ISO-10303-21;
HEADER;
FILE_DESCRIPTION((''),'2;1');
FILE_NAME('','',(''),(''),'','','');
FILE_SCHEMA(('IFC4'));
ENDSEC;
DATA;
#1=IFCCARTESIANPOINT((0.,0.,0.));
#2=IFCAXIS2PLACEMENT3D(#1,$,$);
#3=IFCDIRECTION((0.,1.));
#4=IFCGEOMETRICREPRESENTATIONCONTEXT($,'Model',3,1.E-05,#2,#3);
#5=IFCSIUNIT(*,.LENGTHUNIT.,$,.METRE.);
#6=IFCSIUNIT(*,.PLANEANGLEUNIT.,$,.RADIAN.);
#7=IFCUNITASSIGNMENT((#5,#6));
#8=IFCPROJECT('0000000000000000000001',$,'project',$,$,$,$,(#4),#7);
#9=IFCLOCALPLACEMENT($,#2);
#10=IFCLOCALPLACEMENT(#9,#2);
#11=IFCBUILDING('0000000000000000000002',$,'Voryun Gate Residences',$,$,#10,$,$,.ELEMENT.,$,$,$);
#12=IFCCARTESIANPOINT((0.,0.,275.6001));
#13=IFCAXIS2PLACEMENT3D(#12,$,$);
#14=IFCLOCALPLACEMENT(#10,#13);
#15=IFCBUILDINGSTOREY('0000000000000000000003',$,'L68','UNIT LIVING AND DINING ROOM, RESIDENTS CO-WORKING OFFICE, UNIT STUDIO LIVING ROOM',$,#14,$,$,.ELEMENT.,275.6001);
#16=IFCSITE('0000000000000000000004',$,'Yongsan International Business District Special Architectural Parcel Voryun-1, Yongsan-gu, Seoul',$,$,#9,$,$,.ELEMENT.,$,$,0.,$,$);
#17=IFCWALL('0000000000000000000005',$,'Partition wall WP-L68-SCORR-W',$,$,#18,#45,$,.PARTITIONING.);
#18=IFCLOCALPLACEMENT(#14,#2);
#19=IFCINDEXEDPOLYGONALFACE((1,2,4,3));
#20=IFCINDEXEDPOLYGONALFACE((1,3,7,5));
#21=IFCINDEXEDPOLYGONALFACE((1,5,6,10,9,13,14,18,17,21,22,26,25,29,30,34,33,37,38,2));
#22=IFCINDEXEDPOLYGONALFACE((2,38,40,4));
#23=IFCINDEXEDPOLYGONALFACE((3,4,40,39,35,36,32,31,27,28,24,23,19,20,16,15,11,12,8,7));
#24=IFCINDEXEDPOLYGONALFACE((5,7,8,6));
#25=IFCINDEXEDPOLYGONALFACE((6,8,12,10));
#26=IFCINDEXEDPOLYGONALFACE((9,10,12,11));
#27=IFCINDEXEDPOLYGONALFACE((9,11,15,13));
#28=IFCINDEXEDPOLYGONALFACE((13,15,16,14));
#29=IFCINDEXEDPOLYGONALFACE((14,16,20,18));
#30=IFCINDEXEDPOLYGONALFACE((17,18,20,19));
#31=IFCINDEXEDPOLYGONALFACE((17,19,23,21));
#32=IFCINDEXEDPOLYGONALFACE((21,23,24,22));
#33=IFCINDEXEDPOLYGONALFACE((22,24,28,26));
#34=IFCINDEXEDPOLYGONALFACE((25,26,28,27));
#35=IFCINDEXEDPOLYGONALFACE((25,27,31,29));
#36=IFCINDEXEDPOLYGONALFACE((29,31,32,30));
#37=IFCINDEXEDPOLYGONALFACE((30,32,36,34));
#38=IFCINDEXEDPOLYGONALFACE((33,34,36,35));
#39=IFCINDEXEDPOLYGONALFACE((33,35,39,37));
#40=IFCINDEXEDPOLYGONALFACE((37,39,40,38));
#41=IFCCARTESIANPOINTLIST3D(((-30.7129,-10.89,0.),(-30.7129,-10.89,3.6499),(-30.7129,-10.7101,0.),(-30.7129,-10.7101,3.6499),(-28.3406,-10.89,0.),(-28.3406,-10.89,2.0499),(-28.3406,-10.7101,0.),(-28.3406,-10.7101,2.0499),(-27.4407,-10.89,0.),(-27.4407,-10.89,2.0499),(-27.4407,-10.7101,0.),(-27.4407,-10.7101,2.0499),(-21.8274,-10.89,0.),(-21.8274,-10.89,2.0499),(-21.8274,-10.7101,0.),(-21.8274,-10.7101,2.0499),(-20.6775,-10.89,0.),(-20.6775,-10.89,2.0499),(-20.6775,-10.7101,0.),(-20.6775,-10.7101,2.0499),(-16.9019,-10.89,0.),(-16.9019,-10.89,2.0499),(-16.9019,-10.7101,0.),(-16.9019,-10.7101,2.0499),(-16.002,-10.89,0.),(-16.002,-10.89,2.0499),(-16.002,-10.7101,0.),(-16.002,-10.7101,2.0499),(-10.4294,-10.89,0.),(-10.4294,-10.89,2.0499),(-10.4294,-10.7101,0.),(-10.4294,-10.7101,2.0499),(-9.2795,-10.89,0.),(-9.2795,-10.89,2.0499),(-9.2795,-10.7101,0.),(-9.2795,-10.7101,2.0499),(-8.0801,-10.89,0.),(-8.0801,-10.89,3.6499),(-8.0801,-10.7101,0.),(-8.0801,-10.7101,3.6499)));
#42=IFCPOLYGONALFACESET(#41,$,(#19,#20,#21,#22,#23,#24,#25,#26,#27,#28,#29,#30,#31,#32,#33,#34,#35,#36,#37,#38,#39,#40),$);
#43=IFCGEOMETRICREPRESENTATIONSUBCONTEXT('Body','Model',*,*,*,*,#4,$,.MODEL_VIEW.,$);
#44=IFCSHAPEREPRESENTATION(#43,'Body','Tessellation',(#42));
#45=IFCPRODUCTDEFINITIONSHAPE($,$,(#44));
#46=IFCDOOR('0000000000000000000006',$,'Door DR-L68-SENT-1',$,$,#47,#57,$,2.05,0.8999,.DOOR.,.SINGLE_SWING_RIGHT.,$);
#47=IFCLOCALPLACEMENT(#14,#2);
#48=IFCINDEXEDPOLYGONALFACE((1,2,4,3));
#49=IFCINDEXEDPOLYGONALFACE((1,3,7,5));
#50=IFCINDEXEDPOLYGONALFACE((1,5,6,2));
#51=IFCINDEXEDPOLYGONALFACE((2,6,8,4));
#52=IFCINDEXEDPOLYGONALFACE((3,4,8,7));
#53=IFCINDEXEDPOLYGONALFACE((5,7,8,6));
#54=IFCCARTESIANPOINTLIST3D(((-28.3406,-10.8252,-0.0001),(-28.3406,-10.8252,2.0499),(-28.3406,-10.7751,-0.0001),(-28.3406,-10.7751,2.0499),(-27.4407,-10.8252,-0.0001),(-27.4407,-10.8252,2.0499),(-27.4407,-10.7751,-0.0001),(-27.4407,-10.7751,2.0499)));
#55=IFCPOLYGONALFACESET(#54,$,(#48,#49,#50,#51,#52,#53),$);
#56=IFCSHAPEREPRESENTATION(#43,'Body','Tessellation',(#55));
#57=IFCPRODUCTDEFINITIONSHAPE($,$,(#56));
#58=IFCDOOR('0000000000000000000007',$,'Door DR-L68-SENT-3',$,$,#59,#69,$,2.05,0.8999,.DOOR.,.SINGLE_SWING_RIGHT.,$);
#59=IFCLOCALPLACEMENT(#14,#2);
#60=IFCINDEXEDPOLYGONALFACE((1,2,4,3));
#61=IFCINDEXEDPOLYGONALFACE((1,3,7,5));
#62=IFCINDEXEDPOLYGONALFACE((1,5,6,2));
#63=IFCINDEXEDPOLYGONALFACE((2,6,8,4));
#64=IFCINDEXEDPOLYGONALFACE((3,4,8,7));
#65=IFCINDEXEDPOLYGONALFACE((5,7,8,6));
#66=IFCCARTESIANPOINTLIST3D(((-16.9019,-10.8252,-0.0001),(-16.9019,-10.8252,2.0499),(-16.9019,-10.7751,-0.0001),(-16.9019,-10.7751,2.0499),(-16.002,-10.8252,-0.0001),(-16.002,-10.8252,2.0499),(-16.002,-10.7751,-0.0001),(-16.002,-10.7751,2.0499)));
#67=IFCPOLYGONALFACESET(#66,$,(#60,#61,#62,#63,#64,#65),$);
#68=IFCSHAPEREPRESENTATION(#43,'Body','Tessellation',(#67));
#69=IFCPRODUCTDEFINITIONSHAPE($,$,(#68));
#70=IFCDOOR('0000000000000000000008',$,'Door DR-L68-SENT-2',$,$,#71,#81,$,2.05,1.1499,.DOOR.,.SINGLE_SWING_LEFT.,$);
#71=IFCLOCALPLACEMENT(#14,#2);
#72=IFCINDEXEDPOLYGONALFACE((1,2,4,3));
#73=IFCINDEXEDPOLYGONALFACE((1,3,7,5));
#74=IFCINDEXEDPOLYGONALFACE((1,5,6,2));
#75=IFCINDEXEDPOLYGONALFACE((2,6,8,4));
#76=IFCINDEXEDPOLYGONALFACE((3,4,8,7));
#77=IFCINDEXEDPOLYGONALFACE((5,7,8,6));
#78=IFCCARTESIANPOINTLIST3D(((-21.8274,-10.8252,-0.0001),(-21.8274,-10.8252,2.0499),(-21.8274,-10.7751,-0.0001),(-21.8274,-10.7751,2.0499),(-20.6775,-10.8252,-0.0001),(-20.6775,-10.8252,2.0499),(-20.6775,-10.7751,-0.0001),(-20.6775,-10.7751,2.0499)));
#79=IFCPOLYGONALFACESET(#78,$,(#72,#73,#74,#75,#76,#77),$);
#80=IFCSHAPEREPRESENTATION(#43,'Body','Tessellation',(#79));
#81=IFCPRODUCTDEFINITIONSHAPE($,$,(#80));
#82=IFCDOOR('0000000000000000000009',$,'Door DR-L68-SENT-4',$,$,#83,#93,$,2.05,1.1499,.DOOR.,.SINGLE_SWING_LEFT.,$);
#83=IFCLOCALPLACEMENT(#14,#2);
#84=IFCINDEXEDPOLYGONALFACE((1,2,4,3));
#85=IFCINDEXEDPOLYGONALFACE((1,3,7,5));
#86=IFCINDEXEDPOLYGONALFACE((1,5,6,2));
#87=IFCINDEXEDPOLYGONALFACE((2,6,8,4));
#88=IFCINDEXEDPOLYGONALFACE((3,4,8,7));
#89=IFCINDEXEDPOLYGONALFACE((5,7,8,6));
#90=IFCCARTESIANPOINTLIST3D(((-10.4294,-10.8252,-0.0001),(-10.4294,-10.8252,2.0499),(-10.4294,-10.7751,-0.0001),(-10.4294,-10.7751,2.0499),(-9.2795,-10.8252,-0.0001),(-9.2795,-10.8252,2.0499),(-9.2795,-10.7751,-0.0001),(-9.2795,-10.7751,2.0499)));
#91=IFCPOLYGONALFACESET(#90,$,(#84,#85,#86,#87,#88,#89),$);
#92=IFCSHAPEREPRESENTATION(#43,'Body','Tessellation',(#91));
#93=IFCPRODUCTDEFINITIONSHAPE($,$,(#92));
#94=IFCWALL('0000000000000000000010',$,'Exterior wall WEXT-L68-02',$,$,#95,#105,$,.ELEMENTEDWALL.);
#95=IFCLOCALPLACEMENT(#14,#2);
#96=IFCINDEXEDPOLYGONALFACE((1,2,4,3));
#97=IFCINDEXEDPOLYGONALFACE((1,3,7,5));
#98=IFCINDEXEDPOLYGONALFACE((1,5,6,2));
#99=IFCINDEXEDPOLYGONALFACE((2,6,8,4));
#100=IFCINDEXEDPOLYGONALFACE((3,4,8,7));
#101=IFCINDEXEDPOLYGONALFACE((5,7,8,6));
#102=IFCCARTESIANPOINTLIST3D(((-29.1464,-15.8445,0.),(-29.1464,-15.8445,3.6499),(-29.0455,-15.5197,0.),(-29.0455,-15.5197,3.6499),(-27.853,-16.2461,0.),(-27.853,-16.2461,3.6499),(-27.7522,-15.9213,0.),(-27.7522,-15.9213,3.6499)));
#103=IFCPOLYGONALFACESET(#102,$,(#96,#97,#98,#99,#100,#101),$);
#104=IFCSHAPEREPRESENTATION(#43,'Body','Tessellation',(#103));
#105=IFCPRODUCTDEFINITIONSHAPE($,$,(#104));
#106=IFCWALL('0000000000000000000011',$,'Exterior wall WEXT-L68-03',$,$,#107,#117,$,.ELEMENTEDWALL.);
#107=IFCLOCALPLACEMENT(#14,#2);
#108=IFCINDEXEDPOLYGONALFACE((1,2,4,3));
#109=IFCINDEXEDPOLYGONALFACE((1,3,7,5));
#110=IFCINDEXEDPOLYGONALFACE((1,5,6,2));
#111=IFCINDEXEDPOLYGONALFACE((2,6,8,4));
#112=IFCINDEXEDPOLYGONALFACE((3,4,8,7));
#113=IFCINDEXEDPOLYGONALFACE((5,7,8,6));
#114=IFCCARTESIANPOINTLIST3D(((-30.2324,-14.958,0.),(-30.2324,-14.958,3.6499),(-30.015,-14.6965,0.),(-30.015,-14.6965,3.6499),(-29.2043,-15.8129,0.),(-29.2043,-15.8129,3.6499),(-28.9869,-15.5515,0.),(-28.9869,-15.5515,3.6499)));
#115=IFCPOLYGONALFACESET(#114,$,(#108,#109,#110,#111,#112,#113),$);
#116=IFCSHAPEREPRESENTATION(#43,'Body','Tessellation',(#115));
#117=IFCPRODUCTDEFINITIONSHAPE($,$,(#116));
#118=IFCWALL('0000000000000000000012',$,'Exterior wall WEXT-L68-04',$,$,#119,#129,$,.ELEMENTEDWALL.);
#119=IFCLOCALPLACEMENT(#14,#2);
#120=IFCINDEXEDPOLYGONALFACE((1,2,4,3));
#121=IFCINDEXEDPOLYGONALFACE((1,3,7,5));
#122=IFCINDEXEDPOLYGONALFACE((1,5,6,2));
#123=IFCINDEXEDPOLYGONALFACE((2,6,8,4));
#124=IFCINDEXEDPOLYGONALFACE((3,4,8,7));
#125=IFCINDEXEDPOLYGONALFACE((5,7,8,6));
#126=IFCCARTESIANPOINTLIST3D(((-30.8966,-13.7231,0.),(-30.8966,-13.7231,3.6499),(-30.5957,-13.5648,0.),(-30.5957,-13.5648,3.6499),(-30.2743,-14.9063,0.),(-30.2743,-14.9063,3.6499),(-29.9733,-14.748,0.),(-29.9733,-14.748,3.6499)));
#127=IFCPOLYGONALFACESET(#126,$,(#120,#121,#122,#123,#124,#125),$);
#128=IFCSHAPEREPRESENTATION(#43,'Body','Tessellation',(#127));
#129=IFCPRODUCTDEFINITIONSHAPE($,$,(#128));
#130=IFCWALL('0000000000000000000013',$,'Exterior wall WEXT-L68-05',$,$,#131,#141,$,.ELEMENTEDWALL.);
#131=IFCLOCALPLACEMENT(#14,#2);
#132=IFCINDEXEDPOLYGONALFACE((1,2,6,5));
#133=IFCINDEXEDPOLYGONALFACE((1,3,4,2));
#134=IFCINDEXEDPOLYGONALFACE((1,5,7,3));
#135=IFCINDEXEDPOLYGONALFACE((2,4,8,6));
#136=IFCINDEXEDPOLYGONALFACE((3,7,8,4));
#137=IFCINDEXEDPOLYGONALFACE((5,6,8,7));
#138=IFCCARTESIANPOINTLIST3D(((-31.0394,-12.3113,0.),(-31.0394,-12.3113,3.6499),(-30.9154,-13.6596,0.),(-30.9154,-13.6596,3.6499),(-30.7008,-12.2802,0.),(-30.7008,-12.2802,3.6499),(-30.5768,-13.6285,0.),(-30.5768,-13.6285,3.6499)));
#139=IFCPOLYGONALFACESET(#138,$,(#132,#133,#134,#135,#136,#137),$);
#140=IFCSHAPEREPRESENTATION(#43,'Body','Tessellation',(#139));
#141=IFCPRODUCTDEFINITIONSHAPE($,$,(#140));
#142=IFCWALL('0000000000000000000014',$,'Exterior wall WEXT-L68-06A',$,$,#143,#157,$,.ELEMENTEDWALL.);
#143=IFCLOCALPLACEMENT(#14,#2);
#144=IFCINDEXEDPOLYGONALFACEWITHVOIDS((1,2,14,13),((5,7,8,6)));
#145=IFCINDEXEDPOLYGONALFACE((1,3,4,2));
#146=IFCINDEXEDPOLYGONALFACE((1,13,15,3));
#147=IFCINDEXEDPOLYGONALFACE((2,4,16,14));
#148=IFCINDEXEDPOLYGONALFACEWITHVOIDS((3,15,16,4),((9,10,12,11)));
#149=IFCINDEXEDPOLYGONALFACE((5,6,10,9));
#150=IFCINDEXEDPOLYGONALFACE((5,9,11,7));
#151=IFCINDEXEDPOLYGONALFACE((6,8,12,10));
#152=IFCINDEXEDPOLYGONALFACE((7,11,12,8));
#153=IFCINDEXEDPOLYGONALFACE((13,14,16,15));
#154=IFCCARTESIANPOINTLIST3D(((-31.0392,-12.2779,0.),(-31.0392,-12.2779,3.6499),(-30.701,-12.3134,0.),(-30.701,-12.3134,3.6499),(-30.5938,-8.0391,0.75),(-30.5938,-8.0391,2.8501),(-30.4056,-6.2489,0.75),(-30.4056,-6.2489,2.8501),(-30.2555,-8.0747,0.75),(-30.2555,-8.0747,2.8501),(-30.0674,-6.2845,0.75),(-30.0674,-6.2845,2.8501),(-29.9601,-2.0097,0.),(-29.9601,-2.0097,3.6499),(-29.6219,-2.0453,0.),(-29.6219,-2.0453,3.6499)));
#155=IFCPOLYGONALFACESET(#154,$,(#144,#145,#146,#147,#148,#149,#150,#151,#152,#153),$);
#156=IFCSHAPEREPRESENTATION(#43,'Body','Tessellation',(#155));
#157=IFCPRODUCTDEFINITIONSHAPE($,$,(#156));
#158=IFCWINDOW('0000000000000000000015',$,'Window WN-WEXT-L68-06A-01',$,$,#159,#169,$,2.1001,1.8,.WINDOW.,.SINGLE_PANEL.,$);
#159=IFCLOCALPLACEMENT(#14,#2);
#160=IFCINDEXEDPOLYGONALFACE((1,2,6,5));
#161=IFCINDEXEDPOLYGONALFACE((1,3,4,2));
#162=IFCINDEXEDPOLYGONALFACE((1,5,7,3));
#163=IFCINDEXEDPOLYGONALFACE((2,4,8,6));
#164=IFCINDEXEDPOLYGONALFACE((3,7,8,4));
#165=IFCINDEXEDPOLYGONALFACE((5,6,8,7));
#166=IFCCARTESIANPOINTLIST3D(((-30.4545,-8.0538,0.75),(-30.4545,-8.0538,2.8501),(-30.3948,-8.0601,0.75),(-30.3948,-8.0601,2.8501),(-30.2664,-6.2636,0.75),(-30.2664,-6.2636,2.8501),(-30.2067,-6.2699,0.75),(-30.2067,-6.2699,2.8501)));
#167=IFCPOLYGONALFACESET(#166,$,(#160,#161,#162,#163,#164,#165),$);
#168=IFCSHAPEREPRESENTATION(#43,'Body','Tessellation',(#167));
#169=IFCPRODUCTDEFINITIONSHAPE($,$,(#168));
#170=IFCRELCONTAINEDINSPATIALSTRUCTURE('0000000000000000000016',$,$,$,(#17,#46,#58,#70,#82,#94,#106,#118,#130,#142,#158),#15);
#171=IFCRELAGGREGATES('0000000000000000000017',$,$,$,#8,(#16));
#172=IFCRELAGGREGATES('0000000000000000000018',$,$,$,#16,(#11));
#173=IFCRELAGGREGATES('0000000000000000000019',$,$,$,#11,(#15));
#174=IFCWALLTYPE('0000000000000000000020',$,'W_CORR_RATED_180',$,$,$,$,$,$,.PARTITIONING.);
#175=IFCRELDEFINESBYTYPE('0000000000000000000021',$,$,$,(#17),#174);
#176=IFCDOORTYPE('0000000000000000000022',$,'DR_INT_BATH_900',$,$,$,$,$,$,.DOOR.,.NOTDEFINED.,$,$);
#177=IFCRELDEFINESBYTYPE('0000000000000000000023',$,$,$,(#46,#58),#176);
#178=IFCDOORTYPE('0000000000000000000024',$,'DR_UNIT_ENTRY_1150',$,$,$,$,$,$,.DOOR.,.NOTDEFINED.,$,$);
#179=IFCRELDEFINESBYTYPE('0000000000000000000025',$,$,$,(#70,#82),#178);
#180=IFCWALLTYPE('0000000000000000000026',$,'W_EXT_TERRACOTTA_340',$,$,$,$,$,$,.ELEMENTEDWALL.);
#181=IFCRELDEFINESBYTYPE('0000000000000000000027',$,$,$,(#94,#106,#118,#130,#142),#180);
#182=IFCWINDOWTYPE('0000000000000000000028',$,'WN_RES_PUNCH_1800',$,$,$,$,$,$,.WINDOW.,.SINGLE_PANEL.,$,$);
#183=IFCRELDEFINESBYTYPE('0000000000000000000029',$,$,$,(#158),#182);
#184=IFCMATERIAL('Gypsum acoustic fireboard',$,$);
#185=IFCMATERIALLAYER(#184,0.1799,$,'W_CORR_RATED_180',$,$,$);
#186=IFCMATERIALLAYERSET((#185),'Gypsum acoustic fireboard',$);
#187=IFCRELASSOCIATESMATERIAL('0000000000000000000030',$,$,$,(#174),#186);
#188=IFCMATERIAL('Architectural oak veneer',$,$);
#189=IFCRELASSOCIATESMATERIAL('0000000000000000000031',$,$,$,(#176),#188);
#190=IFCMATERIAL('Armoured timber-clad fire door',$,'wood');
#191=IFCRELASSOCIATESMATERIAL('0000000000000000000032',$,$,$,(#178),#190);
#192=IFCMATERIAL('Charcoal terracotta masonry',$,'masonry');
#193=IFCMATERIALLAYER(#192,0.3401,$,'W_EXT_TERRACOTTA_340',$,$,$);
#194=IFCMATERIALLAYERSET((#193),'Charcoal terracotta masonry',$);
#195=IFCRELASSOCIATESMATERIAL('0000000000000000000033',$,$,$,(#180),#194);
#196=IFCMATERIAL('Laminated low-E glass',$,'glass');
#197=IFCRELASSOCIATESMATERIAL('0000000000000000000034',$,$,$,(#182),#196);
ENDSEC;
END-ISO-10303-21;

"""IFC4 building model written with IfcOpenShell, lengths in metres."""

from ifc_helpers import new_model, si_unit, direction, frame, frame_2d, origin, place, context, subcontext, project, spatial, rectangle, extrude, material, layer, layer_set, type_object, element, fill, save


model = new_model("IFC4")

# Units and contexts
model_context = context("Model", 3, precision=1e-05, world=origin(), true_north=direction((0.0, 1.0)))
body_context = subcontext(model_context, "Body", "Model", "MODEL_VIEW")
ifc_project = project(units=[si_unit("LENGTHUNIT", "METRE"), si_unit("PLANEANGLEUNIT", "RADIAN")], contexts=[model_context])

# Site, building, storey
site_placement = place(None, origin())
site = spatial("IfcSite", under=ifc_project, at=site_placement, Name="Yongsan International Business District Special Architectural Parcel Voryun-1, Yongsan-gu, Seoul", CompositionType="ELEMENT", RefElevation=0.0)
building_placement = place(site_placement, origin())
building = spatial("IfcBuilding", under=site, at=building_placement, Name="Voryun Gate Residences", CompositionType="ELEMENT")
storey_placement = place(building_placement, frame((0.0, 0.0, 275.6001)))
storey = spatial("IfcBuildingStorey", under=building, at=storey_placement, Name="L68", Description="UNIT LIVING AND DINING ROOM, RESIDENTS CO-WORKING OFFICE, UNIT STUDIO LIVING ROOM", CompositionType="ELEMENT", Elevation=275.6001)

# Wall, openings, doors
ifc_material_1 = material(Name="Gypsum acoustic fireboard")
ifc_layer_1 = layer(ifc_material_1, 0.1799, Name="W_CORR_RATED_180")
ifc_layer_set_1 = layer_set([ifc_layer_1], Name="Gypsum acoustic fireboard")
wall_type_1 = type_object("IfcWallType", Name="W_CORR_RATED_180", PredefinedType="PARTITIONING", material=ifc_layer_set_1)
wall_1_placement = place(storey_placement, frame((-30.7129, -10.8, 0.0), z_axis=(0.0, 0.0, 1.0), x_axis=(1.0, 0.0, 0.0)))
wall_1 = element("IfcWall", 1, at=wall_1_placement, inside=storey, type_object=wall_type_1, Name="Partition wall WP-L68-SCORR-W", PredefinedType="PARTITIONING", context=body_context, shape_type="SweptSolid", body=[
    extrude(rectangle(XDim=22.6328, YDim=0.1799, at=frame_2d((11.3164, 0.0))), origin(), (0.0, 0.0, 1.0), 3.6499),
])
opening_1_placement = place(wall_1_placement, frame((2.3723, 0.0, 0.0)))
opening_1 = element("IfcOpeningElement", 2, at=opening_1_placement, cuts=wall_1, PredefinedType="OPENING", context=body_context, shape_type="SweptSolid", body=[
    extrude(rectangle(XDim=0.8999, YDim=2.05, at=frame_2d((0.45, 1.0249))), frame((0.0, 0.0999, 0.0), z_axis=(0.0, -1.0, 0.0), x_axis=(1.0, 0.0, 0.0)), (0.0, 0.0, 1.0), 0.2),
])
opening_2_placement = place(wall_1_placement, frame((8.8855, 0.0, 0.0)))
opening_2 = element("IfcOpeningElement", 3, at=opening_2_placement, cuts=wall_1, PredefinedType="OPENING", context=body_context, shape_type="SweptSolid", body=[
    extrude(rectangle(XDim=1.1499, YDim=2.05, at=frame_2d((0.575, 1.0249))), frame((0.0, 0.0999, 0.0), z_axis=(0.0, -1.0, 0.0), x_axis=(1.0, 0.0, 0.0)), (0.0, 0.0, 1.0), 0.2),
])
opening_3_placement = place(wall_1_placement, frame((13.811, 0.0, 0.0)))
opening_3 = element("IfcOpeningElement", 4, at=opening_3_placement, cuts=wall_1, PredefinedType="OPENING", context=body_context, shape_type="SweptSolid", body=[
    extrude(rectangle(XDim=0.8999, YDim=2.05, at=frame_2d((0.45, 1.0249))), frame((0.0, 0.0999, 0.0), z_axis=(0.0, -1.0, 0.0), x_axis=(1.0, 0.0, 0.0)), (0.0, 0.0, 1.0), 0.2),
])
opening_4_placement = place(wall_1_placement, frame((20.2834, 0.0, 0.0)))
opening_4 = element("IfcOpeningElement", 5, at=opening_4_placement, cuts=wall_1, PredefinedType="OPENING", context=body_context, shape_type="SweptSolid", body=[
    extrude(rectangle(XDim=1.1499, YDim=2.05, at=frame_2d((0.575, 1.0249))), frame((0.0, 0.0999, 0.0), z_axis=(0.0, -1.0, 0.0), x_axis=(1.0, 0.0, 0.0)), (0.0, 0.0, 1.0), 0.2),
])
ifc_material_2 = material(Name="Architectural oak veneer")
door_type_1 = type_object("IfcDoorType", Name="DR_INT_BATH_900", OperationType="NOTDEFINED", PredefinedType="DOOR", material=ifc_material_2)
door_1_placement = place(opening_1_placement, origin())
door_1 = element("IfcDoor", 6, at=door_1_placement, inside=storey, type_object=door_type_1, Name="Door DR-L68-SENT-1", OperationType="SINGLE_SWING_RIGHT", OverallHeight=2.05, OverallWidth=0.8999, PredefinedType="DOOR", context=body_context, shape_type="SweptSolid", body=[
    extrude(rectangle(XDim=0.8999, YDim=2.05, at=frame_2d((0.45, 1.0249))), frame((0.0, 0.0249, 0.0), z_axis=(0.0, -1.0, 0.0), x_axis=(1.0, 0.0, 0.0)), (0.0, 0.0, 1.0), 0.05),
])
fill(opening_1, door_1)
door_2_placement = place(opening_3_placement, origin())
door_2 = element("IfcDoor", 7, at=door_2_placement, inside=storey, type_object=door_type_1, Name="Door DR-L68-SENT-3", OperationType="SINGLE_SWING_RIGHT", OverallHeight=2.05, OverallWidth=0.8999, PredefinedType="DOOR", context=body_context, shape_type="SweptSolid", body=[
    extrude(rectangle(XDim=0.8999, YDim=2.05, at=frame_2d((0.45, 1.0249))), frame((0.0, 0.0249, 0.0), z_axis=(0.0, -1.0, 0.0), x_axis=(1.0, 0.0, 0.0)), (0.0, 0.0, 1.0), 0.05),
])
fill(opening_3, door_2)
ifc_material_3 = material(Name="Armoured timber-clad fire door", Category="wood")
door_type_2 = type_object("IfcDoorType", Name="DR_UNIT_ENTRY_1150", OperationType="NOTDEFINED", PredefinedType="DOOR", material=ifc_material_3)
door_3_placement = place(opening_2_placement, origin())
door_3 = element("IfcDoor", 8, at=door_3_placement, inside=storey, type_object=door_type_2, Name="Door DR-L68-SENT-2", OperationType="SINGLE_SWING_LEFT", OverallHeight=2.05, OverallWidth=1.1499, PredefinedType="DOOR", context=body_context, shape_type="SweptSolid", body=[
    extrude(rectangle(XDim=1.1499, YDim=2.05, at=frame_2d((0.575, 1.0249))), frame((0.0, 0.0249, 0.0), z_axis=(0.0, -1.0, 0.0), x_axis=(1.0, 0.0, 0.0)), (0.0, 0.0, 1.0), 0.05),
])
fill(opening_2, door_3)
door_4_placement = place(opening_4_placement, origin())
door_4 = element("IfcDoor", 9, at=door_4_placement, inside=storey, type_object=door_type_2, Name="Door DR-L68-SENT-4", OperationType="SINGLE_SWING_LEFT", OverallHeight=2.05, OverallWidth=1.1499, PredefinedType="DOOR", context=body_context, shape_type="SweptSolid", body=[
    extrude(rectangle(XDim=1.1499, YDim=2.05, at=frame_2d((0.575, 1.0249))), frame((0.0, 0.0249, 0.0), z_axis=(0.0, -1.0, 0.0), x_axis=(1.0, 0.0, 0.0)), (0.0, 0.0, 1.0), 0.05),
])
fill(opening_4, door_4)

# Walls
ifc_material_4 = material(Name="Charcoal terracotta masonry", Category="masonry")
ifc_layer_2 = layer(ifc_material_4, 0.3401, Name="W_EXT_TERRACOTTA_340")
ifc_layer_set_2 = layer_set([ifc_layer_2], Name="Charcoal terracotta masonry")
wall_type_2 = type_object("IfcWallType", Name="W_EXT_TERRACOTTA_340", PredefinedType="ELEMENTEDWALL", material=ifc_layer_set_2)
wall_2_placement = place(storey_placement, frame((-27.8025, -16.0837, 0.0), z_axis=(0.0, 0.0, 1.0), x_axis=(-0.955008, 0.296581, 0.0)))
element("IfcWall", 10, at=wall_2_placement, inside=storey, type_object=wall_type_2, Name="Exterior wall WEXT-L68-02", PredefinedType="ELEMENTEDWALL", context=body_context, shape_type="SweptSolid", body=[
    extrude(rectangle(XDim=1.3542, YDim=0.3401, at=frame_2d((0.6772, 0.0))), origin(), (0.0, 0.0, 1.0), 3.6499),
])
wall_3_placement = place(storey_placement, frame((-29.0957, -15.6821, 0.0), z_axis=(0.0, 0.0, 1.0), x_axis=(-0.768864, 0.639412, 0.0)))
element("IfcWall", 11, at=wall_3_placement, inside=storey, type_object=wall_type_2, Name="Exterior wall WEXT-L68-03", PredefinedType="ELEMENTEDWALL", context=body_context, shape_type="SweptSolid", body=[
    extrude(rectangle(XDim=1.3372, YDim=0.3401, at=frame_2d((0.6685, 0.0))), origin(), (0.0, 0.0, 1.0), 3.6499),
])
wall_4_placement = place(storey_placement, frame((-30.1238, -14.8271, 0.0), z_axis=(0.0, 0.0, 1.0), x_axis=(-0.465528, 0.885033, 0.0)))
element("IfcWall", 12, at=wall_4_placement, inside=storey, type_object=wall_type_2, Name="Exterior wall WEXT-L68-04", PredefinedType="ELEMENTEDWALL", context=body_context, shape_type="SweptSolid", body=[
    extrude(rectangle(XDim=1.3369, YDim=0.3401, at=frame_2d((0.6685, 0.0))), origin(), (0.0, 0.0, 1.0), 3.6499),
])
wall_5_placement = place(storey_placement, frame((-30.7461, -13.644, 0.0), z_axis=(0.0, 0.0, 1.0), x_axis=(-0.091592, 0.995797, 0.0)))
element("IfcWall", 13, at=wall_5_placement, inside=storey, type_object=wall_type_2, Name="Exterior wall WEXT-L68-05", PredefinedType="ELEMENTEDWALL", context=body_context, shape_type="SweptSolid", body=[
    extrude(rectangle(XDim=1.354, YDim=0.3401, at=frame_2d((0.677, 0.0))), origin(), (0.0, 0.0, 1.0), 3.6499),
])

# Wall, opening, window
wall_6_placement = place(storey_placement, frame((-30.8701, -12.2957, 0.0), z_axis=(0.0, 0.0, 1.0), x_axis=(0.104517, 0.994523, 0.0)))
wall_6 = element("IfcWall", 14, at=wall_6_placement, inside=storey, type_object=wall_type_2, Name="Exterior wall WEXT-L68-06A", PredefinedType="ELEMENTEDWALL", context=body_context, shape_type="SweptSolid", body=[
    extrude(rectangle(XDim=10.3247, YDim=0.3401, at=frame_2d((5.1624, 0.0))), origin(), (0.0, 0.0, 1.0), 3.6499),
])
opening_5_placement = place(wall_6_placement, frame((4.2622, 0.0, 0.75)))
opening_5 = element("IfcOpeningElement", 15, at=opening_5_placement, cuts=wall_6, PredefinedType="OPENING", context=body_context, shape_type="SweptSolid", body=[
    extrude(rectangle(XDim=1.8, YDim=2.1001, at=frame_2d((0.8999, 1.05))), frame((0.0, 0.1799, 0.0), z_axis=(0.0, -1.0, 0.0), x_axis=(1.0, 0.0, 0.0)), (0.0, 0.0, 1.0), 0.3601),
])
ifc_material_5 = material(Name="Laminated low-E glass", Category="glass")
window_type = type_object("IfcWindowType", Name="WN_RES_PUNCH_1800", PartitioningType="SINGLE_PANEL", PredefinedType="WINDOW", material=ifc_material_5)
window_placement = place(opening_5_placement, origin())
window = element("IfcWindow", 16, at=window_placement, inside=storey, type_object=window_type, Name="Window WN-WEXT-L68-06A-01", OverallHeight=2.1001, OverallWidth=1.8, PartitioningType="SINGLE_PANEL", PredefinedType="WINDOW", context=body_context, shape_type="SweptSolid", body=[
    extrude(rectangle(XDim=1.8, YDim=2.1001, at=frame_2d((0.8999, 1.05))), frame((0.0, 0.03, 0.0), z_axis=(0.0, -1.0, 0.0), x_axis=(1.0, 0.0, 0.0)), (0.0, 0.0, 1.0), 0.0601),
])
fill(opening_5, window)

save(model, "model.ifc")
